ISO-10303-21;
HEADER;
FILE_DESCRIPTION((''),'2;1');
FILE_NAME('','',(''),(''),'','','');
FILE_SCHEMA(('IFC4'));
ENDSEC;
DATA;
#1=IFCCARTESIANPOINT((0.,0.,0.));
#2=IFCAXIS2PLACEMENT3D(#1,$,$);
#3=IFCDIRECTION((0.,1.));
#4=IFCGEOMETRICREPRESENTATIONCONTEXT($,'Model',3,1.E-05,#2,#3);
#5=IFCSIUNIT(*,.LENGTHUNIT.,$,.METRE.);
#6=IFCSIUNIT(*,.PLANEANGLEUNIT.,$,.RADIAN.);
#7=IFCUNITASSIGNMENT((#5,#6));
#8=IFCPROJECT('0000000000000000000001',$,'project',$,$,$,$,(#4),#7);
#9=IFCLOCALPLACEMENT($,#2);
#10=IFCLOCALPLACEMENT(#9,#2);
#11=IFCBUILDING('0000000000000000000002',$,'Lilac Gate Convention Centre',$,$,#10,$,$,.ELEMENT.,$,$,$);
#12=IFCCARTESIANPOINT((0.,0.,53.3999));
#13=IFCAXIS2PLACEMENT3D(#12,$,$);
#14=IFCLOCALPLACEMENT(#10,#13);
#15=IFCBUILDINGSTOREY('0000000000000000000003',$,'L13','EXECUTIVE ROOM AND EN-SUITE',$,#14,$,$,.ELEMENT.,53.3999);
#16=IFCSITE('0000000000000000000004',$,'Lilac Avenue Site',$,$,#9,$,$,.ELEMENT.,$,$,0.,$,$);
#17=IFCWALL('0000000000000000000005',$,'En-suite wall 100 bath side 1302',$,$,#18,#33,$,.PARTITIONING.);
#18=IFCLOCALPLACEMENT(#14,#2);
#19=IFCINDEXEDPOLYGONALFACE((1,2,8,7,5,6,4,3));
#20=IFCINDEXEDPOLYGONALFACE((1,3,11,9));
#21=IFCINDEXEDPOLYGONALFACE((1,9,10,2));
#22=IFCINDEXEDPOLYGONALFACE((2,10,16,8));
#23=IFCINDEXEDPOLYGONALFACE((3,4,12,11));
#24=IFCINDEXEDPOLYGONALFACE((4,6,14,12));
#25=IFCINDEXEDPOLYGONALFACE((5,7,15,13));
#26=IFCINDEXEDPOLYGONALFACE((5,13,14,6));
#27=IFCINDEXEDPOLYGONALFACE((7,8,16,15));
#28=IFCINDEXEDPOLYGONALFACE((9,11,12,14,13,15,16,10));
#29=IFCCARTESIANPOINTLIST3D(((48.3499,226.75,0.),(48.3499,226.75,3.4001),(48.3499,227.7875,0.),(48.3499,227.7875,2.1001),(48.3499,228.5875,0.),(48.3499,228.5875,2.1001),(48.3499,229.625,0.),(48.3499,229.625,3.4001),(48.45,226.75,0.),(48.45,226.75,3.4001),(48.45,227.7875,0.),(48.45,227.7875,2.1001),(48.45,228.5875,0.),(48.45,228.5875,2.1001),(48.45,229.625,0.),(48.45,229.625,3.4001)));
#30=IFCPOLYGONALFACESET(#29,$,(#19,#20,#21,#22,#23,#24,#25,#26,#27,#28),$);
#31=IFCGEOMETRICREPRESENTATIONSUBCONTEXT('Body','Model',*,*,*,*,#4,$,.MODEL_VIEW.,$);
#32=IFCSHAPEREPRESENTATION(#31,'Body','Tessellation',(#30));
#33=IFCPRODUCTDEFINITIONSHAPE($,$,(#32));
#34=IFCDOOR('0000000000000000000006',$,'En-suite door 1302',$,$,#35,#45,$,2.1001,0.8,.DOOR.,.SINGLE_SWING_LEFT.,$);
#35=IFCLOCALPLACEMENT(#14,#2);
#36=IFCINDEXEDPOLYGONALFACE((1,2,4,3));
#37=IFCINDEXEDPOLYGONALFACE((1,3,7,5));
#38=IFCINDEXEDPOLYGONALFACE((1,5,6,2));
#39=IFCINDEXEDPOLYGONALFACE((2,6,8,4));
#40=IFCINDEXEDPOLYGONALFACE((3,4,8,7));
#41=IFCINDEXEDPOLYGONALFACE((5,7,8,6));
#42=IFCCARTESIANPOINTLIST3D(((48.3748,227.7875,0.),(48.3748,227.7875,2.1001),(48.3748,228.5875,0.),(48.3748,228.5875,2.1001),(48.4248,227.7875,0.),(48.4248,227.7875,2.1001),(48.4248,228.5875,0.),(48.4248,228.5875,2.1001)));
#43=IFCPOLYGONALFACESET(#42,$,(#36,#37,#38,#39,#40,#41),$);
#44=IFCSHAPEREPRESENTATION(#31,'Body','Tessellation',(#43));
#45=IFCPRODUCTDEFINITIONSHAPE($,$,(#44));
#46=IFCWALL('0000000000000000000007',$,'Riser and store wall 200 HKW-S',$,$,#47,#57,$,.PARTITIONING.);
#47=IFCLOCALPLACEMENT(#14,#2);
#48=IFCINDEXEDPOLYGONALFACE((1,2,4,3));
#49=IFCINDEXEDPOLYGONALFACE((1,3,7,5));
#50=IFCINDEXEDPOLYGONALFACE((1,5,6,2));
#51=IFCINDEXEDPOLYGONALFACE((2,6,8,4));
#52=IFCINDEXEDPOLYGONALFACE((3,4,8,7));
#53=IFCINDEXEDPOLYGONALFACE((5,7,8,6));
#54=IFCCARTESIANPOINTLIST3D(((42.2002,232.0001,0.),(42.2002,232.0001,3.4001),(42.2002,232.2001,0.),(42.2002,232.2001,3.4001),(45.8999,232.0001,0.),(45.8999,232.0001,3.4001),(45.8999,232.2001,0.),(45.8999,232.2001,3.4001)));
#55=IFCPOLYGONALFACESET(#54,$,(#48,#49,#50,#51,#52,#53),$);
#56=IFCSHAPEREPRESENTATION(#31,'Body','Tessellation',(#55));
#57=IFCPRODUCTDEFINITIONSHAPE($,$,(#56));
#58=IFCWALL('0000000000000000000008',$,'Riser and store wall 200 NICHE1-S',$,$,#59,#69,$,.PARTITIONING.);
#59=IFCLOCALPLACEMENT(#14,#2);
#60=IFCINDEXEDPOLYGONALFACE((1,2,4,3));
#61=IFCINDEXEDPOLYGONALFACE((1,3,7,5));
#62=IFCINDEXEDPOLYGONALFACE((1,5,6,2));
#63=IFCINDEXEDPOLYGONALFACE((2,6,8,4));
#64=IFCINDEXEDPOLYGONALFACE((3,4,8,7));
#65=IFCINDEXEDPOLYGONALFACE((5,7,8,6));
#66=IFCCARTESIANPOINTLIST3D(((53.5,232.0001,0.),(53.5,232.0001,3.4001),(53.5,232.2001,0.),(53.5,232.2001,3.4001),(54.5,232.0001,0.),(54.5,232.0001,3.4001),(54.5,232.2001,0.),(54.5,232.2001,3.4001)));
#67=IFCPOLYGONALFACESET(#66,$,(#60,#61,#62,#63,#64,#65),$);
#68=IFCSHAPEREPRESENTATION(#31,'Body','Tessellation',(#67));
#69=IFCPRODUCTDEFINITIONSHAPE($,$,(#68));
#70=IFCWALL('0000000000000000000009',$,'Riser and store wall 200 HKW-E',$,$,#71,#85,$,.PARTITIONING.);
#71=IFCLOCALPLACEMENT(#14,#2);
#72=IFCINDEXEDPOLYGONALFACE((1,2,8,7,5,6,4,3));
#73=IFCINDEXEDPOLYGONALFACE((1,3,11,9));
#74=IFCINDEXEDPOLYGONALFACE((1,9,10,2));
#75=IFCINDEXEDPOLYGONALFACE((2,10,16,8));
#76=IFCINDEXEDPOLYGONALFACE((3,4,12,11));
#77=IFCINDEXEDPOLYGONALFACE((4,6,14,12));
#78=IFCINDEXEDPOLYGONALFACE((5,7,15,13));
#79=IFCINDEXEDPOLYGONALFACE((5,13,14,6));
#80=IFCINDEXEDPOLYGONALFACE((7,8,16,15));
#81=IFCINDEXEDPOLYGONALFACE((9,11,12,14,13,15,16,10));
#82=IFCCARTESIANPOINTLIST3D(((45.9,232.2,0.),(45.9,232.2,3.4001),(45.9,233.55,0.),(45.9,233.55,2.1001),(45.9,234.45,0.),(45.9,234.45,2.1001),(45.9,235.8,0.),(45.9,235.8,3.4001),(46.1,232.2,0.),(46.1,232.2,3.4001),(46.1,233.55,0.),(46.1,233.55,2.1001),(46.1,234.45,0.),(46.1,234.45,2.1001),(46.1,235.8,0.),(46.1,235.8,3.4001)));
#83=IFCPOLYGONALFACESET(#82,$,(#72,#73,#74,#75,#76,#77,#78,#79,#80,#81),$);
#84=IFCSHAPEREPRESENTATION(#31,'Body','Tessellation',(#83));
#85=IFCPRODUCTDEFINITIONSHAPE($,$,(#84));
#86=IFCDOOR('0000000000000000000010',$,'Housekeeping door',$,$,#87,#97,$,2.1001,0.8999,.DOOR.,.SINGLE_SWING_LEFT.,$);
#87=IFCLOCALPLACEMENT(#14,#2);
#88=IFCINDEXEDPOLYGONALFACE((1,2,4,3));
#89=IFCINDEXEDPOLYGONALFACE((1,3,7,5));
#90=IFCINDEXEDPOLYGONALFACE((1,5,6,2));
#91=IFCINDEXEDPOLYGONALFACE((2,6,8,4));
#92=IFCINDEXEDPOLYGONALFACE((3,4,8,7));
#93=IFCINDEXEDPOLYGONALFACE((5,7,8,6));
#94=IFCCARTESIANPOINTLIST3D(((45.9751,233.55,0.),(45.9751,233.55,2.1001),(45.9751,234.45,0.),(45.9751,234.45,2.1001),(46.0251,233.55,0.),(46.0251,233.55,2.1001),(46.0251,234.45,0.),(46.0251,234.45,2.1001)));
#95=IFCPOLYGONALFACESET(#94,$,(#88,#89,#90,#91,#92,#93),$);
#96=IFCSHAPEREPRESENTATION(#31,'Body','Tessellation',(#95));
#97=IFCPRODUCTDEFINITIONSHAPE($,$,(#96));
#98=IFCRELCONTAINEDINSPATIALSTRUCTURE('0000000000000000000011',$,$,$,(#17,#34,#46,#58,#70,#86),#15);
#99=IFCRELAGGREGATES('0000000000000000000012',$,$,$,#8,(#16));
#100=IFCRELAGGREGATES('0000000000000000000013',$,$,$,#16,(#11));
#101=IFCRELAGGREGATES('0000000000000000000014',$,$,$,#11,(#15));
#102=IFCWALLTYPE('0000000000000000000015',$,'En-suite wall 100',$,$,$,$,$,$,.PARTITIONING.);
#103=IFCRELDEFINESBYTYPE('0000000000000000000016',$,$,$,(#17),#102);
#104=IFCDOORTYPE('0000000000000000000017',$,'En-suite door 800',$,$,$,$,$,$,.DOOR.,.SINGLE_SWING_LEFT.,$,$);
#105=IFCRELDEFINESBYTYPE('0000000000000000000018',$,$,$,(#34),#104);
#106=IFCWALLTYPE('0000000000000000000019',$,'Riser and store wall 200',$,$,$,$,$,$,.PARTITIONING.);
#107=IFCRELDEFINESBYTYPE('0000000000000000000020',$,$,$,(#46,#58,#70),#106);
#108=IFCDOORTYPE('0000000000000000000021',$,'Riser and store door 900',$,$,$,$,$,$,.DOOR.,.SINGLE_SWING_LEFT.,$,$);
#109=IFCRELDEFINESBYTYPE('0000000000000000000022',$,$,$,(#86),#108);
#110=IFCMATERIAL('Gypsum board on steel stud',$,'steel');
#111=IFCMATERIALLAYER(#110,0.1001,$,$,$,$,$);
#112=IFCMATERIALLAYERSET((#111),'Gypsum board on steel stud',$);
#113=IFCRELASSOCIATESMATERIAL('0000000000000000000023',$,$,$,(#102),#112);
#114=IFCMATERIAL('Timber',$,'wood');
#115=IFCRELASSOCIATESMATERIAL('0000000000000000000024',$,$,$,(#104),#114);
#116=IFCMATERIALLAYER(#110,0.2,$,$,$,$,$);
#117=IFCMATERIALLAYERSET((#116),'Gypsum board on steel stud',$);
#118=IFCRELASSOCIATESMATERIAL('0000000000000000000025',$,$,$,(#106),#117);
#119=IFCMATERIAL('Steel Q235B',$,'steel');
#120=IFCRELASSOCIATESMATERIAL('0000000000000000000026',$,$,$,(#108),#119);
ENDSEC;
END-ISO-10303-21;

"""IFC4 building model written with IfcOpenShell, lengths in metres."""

from ifc_helpers import new_model, si_unit, direction, frame, frame_2d, origin, place, context, subcontext, project, spatial, rectangle, extrude, material, layer, layer_set, type_object, element, fill, save


model = new_model("IFC4")

# Units and contexts
model_context = context("Model", 3, precision=1e-05, world=origin(), true_north=direction((0.0, 1.0)))
body_context = subcontext(model_context, "Body", "Model", "MODEL_VIEW")
ifc_project = project(units=[si_unit("LENGTHUNIT", "METRE"), si_unit("PLANEANGLEUNIT", "RADIAN")], contexts=[model_context])

# Site, building, storey
site_placement = place(None, origin())
site = spatial("IfcSite", under=ifc_project, at=site_placement, Name="Lilac Avenue Site", CompositionType="ELEMENT", RefElevation=0.0)
building_placement = place(site_placement, origin())
building = spatial("IfcBuilding", under=site, at=building_placement, Name="Lilac Gate Convention Centre", CompositionType="ELEMENT")
storey_placement = place(building_placement, frame((0.0, 0.0, 53.3999)))
storey = spatial("IfcBuildingStorey", under=building, at=storey_placement, Name="L13", Description="EXECUTIVE ROOM AND EN-SUITE", CompositionType="ELEMENT", Elevation=53.3999)

# Wall, opening, door
ifc_material_1 = material(Name="Gypsum board on steel stud", Category="steel")
ifc_material_2 = material(Name="Timber", Category="wood")
ifc_layer_1 = layer(ifc_material_1, 0.1001)
ifc_layer_set_1 = layer_set([ifc_layer_1], Name="Gypsum board on steel stud")
wall_type_1 = type_object("IfcWallType", Name="En-suite wall 100", PredefinedType="PARTITIONING", material=ifc_layer_set_1)
wall_1_placement = place(storey_placement, frame((48.3999, 229.625, 0.0), z_axis=(0.0, 0.0, 1.0), x_axis=(0.0, -1.0, 0.0)))
wall_1 = element("IfcWall", 1, at=wall_1_placement, inside=storey, type_object=wall_type_1, Name="En-suite wall 100 bath side 1302", PredefinedType="PARTITIONING", context=body_context, shape_type="SweptSolid", body=[
    extrude(rectangle(XDim=2.875, YDim=0.1001, at=frame_2d((1.4375, 0.0))), origin(), (0.0, 0.0, 1.0), 3.4001),
])
opening_1_placement = place(wall_1_placement, frame((1.0376, 0.0, 0.0)))
opening_1 = element("IfcOpeningElement", 2, at=opening_1_placement, cuts=wall_1, PredefinedType="OPENING", context=body_context, shape_type="SweptSolid", body=[
    extrude(rectangle(XDim=0.8, YDim=2.1001, at=frame_2d((0.3999, 1.05))), frame((0.0, 0.0601, 0.0), z_axis=(0.0, -1.0, 0.0), x_axis=(1.0, 0.0, 0.0)), (0.0, 0.0, 1.0), 0.1201),
])
door_type_1 = type_object("IfcDoorType", Name="En-suite door 800", OperationType="SINGLE_SWING_LEFT", PredefinedType="DOOR", material=ifc_material_2)
door_1_placement = place(opening_1_placement, origin())
door_1 = element("IfcDoor", 3, at=door_1_placement, inside=storey, type_object=door_type_1, Name="En-suite door 1302", OperationType="SINGLE_SWING_LEFT", OverallHeight=2.1001, OverallWidth=0.8, PredefinedType="DOOR", context=body_context, shape_type="SweptSolid", body=[
    extrude(rectangle(XDim=0.8, YDim=2.1001, at=frame_2d((0.3999, 1.05))), frame((0.0, 0.0249, 0.0), z_axis=(0.0, -1.0, 0.0), x_axis=(1.0, 0.0, 0.0)), (0.0, 0.0, 1.0), 0.05),
])
fill(opening_1, door_1)

# Walls
ifc_layer_2 = layer(ifc_material_1, 0.2)
ifc_layer_set_2 = layer_set([ifc_layer_2], Name="Gypsum board on steel stud")
wall_type_2 = type_object("IfcWallType", Name="Riser and store wall 200", PredefinedType="PARTITIONING", material=ifc_layer_set_2)
wall_2_placement = place(storey_placement, frame((42.2002, 232.1001, 0.0), z_axis=(0.0, 0.0, 1.0), x_axis=(1.0, 0.0, 0.0)))
element("IfcWall", 4, at=wall_2_placement, inside=storey, type_object=wall_type_2, Name="Riser and store wall 200 HKW-S", PredefinedType="PARTITIONING", context=body_context, shape_type="SweptSolid", body=[
    extrude(rectangle(XDim=3.6997, YDim=0.2, at=frame_2d((1.8499, 0.0))), origin(), (0.0, 0.0, 1.0), 3.4001),
])
wall_3_placement = place(storey_placement, frame((53.5, 232.1001, 0.0), z_axis=(0.0, 0.0, 1.0), x_axis=(1.0, 0.0, 0.0)))
element("IfcWall", 5, at=wall_3_placement, inside=storey, type_object=wall_type_2, Name="Riser and store wall 200 NICHE1-S", PredefinedType="PARTITIONING", context=body_context, shape_type="SweptSolid", body=[
    extrude(rectangle(XDim=1.0, YDim=0.2, at=frame_2d((0.5, 0.0))), origin(), (0.0, 0.0, 1.0), 3.4001),
])

# Wall, opening, door
wall_4_placement = place(storey_placement, frame((46.0, 232.2, 0.0), z_axis=(0.0, 0.0, 1.0), x_axis=(0.0, 1.0, 0.0)))
wall_4 = element("IfcWall", 6, at=wall_4_placement, inside=storey, type_object=wall_type_2, Name="Riser and store wall 200 HKW-E", PredefinedType="PARTITIONING", context=body_context, shape_type="SweptSolid", body=[
    extrude(rectangle(XDim=3.6001, YDim=0.2, at=frame_2d((1.8, 0.0))), origin(), (0.0, 0.0, 1.0), 3.4001),
])
opening_2_placement = place(wall_4_placement, frame((1.3501, 0.0, 0.0)))
opening_2 = element("IfcOpeningElement", 7, at=opening_2_placement, cuts=wall_4, PredefinedType="OPENING", context=body_context, shape_type="SweptSolid", body=[
    extrude(rectangle(XDim=0.8999, YDim=2.1001, at=frame_2d((0.45, 1.05))), frame((0.0, 0.1099, 0.0), z_axis=(0.0, -1.0, 0.0), x_axis=(1.0, 0.0, 0.0)), (0.0, 0.0, 1.0), 0.22),
])
ifc_material_3 = material(Name="Steel Q235B", Category="steel")
door_type_2 = type_object("IfcDoorType", Name="Riser and store door 900", OperationType="SINGLE_SWING_LEFT", PredefinedType="DOOR", material=ifc_material_3)
door_2_placement = place(opening_2_placement, origin())
door_2 = element("IfcDoor", 8, at=door_2_placement, inside=storey, type_object=door_type_2, Name="Housekeeping door", OperationType="SINGLE_SWING_LEFT", OverallHeight=2.1001, OverallWidth=0.8999, PredefinedType="DOOR", context=body_context, shape_type="SweptSolid", body=[
    extrude(rectangle(XDim=0.8999, YDim=2.1001, at=frame_2d((0.45, 1.05))), frame((0.0, 0.0249, 0.0), z_axis=(0.0, -1.0, 0.0), x_axis=(1.0, 0.0, 0.0)), (0.0, 0.0, 1.0), 0.05),
])
fill(opening_2, door_2)

save(model, "model.ifc")
